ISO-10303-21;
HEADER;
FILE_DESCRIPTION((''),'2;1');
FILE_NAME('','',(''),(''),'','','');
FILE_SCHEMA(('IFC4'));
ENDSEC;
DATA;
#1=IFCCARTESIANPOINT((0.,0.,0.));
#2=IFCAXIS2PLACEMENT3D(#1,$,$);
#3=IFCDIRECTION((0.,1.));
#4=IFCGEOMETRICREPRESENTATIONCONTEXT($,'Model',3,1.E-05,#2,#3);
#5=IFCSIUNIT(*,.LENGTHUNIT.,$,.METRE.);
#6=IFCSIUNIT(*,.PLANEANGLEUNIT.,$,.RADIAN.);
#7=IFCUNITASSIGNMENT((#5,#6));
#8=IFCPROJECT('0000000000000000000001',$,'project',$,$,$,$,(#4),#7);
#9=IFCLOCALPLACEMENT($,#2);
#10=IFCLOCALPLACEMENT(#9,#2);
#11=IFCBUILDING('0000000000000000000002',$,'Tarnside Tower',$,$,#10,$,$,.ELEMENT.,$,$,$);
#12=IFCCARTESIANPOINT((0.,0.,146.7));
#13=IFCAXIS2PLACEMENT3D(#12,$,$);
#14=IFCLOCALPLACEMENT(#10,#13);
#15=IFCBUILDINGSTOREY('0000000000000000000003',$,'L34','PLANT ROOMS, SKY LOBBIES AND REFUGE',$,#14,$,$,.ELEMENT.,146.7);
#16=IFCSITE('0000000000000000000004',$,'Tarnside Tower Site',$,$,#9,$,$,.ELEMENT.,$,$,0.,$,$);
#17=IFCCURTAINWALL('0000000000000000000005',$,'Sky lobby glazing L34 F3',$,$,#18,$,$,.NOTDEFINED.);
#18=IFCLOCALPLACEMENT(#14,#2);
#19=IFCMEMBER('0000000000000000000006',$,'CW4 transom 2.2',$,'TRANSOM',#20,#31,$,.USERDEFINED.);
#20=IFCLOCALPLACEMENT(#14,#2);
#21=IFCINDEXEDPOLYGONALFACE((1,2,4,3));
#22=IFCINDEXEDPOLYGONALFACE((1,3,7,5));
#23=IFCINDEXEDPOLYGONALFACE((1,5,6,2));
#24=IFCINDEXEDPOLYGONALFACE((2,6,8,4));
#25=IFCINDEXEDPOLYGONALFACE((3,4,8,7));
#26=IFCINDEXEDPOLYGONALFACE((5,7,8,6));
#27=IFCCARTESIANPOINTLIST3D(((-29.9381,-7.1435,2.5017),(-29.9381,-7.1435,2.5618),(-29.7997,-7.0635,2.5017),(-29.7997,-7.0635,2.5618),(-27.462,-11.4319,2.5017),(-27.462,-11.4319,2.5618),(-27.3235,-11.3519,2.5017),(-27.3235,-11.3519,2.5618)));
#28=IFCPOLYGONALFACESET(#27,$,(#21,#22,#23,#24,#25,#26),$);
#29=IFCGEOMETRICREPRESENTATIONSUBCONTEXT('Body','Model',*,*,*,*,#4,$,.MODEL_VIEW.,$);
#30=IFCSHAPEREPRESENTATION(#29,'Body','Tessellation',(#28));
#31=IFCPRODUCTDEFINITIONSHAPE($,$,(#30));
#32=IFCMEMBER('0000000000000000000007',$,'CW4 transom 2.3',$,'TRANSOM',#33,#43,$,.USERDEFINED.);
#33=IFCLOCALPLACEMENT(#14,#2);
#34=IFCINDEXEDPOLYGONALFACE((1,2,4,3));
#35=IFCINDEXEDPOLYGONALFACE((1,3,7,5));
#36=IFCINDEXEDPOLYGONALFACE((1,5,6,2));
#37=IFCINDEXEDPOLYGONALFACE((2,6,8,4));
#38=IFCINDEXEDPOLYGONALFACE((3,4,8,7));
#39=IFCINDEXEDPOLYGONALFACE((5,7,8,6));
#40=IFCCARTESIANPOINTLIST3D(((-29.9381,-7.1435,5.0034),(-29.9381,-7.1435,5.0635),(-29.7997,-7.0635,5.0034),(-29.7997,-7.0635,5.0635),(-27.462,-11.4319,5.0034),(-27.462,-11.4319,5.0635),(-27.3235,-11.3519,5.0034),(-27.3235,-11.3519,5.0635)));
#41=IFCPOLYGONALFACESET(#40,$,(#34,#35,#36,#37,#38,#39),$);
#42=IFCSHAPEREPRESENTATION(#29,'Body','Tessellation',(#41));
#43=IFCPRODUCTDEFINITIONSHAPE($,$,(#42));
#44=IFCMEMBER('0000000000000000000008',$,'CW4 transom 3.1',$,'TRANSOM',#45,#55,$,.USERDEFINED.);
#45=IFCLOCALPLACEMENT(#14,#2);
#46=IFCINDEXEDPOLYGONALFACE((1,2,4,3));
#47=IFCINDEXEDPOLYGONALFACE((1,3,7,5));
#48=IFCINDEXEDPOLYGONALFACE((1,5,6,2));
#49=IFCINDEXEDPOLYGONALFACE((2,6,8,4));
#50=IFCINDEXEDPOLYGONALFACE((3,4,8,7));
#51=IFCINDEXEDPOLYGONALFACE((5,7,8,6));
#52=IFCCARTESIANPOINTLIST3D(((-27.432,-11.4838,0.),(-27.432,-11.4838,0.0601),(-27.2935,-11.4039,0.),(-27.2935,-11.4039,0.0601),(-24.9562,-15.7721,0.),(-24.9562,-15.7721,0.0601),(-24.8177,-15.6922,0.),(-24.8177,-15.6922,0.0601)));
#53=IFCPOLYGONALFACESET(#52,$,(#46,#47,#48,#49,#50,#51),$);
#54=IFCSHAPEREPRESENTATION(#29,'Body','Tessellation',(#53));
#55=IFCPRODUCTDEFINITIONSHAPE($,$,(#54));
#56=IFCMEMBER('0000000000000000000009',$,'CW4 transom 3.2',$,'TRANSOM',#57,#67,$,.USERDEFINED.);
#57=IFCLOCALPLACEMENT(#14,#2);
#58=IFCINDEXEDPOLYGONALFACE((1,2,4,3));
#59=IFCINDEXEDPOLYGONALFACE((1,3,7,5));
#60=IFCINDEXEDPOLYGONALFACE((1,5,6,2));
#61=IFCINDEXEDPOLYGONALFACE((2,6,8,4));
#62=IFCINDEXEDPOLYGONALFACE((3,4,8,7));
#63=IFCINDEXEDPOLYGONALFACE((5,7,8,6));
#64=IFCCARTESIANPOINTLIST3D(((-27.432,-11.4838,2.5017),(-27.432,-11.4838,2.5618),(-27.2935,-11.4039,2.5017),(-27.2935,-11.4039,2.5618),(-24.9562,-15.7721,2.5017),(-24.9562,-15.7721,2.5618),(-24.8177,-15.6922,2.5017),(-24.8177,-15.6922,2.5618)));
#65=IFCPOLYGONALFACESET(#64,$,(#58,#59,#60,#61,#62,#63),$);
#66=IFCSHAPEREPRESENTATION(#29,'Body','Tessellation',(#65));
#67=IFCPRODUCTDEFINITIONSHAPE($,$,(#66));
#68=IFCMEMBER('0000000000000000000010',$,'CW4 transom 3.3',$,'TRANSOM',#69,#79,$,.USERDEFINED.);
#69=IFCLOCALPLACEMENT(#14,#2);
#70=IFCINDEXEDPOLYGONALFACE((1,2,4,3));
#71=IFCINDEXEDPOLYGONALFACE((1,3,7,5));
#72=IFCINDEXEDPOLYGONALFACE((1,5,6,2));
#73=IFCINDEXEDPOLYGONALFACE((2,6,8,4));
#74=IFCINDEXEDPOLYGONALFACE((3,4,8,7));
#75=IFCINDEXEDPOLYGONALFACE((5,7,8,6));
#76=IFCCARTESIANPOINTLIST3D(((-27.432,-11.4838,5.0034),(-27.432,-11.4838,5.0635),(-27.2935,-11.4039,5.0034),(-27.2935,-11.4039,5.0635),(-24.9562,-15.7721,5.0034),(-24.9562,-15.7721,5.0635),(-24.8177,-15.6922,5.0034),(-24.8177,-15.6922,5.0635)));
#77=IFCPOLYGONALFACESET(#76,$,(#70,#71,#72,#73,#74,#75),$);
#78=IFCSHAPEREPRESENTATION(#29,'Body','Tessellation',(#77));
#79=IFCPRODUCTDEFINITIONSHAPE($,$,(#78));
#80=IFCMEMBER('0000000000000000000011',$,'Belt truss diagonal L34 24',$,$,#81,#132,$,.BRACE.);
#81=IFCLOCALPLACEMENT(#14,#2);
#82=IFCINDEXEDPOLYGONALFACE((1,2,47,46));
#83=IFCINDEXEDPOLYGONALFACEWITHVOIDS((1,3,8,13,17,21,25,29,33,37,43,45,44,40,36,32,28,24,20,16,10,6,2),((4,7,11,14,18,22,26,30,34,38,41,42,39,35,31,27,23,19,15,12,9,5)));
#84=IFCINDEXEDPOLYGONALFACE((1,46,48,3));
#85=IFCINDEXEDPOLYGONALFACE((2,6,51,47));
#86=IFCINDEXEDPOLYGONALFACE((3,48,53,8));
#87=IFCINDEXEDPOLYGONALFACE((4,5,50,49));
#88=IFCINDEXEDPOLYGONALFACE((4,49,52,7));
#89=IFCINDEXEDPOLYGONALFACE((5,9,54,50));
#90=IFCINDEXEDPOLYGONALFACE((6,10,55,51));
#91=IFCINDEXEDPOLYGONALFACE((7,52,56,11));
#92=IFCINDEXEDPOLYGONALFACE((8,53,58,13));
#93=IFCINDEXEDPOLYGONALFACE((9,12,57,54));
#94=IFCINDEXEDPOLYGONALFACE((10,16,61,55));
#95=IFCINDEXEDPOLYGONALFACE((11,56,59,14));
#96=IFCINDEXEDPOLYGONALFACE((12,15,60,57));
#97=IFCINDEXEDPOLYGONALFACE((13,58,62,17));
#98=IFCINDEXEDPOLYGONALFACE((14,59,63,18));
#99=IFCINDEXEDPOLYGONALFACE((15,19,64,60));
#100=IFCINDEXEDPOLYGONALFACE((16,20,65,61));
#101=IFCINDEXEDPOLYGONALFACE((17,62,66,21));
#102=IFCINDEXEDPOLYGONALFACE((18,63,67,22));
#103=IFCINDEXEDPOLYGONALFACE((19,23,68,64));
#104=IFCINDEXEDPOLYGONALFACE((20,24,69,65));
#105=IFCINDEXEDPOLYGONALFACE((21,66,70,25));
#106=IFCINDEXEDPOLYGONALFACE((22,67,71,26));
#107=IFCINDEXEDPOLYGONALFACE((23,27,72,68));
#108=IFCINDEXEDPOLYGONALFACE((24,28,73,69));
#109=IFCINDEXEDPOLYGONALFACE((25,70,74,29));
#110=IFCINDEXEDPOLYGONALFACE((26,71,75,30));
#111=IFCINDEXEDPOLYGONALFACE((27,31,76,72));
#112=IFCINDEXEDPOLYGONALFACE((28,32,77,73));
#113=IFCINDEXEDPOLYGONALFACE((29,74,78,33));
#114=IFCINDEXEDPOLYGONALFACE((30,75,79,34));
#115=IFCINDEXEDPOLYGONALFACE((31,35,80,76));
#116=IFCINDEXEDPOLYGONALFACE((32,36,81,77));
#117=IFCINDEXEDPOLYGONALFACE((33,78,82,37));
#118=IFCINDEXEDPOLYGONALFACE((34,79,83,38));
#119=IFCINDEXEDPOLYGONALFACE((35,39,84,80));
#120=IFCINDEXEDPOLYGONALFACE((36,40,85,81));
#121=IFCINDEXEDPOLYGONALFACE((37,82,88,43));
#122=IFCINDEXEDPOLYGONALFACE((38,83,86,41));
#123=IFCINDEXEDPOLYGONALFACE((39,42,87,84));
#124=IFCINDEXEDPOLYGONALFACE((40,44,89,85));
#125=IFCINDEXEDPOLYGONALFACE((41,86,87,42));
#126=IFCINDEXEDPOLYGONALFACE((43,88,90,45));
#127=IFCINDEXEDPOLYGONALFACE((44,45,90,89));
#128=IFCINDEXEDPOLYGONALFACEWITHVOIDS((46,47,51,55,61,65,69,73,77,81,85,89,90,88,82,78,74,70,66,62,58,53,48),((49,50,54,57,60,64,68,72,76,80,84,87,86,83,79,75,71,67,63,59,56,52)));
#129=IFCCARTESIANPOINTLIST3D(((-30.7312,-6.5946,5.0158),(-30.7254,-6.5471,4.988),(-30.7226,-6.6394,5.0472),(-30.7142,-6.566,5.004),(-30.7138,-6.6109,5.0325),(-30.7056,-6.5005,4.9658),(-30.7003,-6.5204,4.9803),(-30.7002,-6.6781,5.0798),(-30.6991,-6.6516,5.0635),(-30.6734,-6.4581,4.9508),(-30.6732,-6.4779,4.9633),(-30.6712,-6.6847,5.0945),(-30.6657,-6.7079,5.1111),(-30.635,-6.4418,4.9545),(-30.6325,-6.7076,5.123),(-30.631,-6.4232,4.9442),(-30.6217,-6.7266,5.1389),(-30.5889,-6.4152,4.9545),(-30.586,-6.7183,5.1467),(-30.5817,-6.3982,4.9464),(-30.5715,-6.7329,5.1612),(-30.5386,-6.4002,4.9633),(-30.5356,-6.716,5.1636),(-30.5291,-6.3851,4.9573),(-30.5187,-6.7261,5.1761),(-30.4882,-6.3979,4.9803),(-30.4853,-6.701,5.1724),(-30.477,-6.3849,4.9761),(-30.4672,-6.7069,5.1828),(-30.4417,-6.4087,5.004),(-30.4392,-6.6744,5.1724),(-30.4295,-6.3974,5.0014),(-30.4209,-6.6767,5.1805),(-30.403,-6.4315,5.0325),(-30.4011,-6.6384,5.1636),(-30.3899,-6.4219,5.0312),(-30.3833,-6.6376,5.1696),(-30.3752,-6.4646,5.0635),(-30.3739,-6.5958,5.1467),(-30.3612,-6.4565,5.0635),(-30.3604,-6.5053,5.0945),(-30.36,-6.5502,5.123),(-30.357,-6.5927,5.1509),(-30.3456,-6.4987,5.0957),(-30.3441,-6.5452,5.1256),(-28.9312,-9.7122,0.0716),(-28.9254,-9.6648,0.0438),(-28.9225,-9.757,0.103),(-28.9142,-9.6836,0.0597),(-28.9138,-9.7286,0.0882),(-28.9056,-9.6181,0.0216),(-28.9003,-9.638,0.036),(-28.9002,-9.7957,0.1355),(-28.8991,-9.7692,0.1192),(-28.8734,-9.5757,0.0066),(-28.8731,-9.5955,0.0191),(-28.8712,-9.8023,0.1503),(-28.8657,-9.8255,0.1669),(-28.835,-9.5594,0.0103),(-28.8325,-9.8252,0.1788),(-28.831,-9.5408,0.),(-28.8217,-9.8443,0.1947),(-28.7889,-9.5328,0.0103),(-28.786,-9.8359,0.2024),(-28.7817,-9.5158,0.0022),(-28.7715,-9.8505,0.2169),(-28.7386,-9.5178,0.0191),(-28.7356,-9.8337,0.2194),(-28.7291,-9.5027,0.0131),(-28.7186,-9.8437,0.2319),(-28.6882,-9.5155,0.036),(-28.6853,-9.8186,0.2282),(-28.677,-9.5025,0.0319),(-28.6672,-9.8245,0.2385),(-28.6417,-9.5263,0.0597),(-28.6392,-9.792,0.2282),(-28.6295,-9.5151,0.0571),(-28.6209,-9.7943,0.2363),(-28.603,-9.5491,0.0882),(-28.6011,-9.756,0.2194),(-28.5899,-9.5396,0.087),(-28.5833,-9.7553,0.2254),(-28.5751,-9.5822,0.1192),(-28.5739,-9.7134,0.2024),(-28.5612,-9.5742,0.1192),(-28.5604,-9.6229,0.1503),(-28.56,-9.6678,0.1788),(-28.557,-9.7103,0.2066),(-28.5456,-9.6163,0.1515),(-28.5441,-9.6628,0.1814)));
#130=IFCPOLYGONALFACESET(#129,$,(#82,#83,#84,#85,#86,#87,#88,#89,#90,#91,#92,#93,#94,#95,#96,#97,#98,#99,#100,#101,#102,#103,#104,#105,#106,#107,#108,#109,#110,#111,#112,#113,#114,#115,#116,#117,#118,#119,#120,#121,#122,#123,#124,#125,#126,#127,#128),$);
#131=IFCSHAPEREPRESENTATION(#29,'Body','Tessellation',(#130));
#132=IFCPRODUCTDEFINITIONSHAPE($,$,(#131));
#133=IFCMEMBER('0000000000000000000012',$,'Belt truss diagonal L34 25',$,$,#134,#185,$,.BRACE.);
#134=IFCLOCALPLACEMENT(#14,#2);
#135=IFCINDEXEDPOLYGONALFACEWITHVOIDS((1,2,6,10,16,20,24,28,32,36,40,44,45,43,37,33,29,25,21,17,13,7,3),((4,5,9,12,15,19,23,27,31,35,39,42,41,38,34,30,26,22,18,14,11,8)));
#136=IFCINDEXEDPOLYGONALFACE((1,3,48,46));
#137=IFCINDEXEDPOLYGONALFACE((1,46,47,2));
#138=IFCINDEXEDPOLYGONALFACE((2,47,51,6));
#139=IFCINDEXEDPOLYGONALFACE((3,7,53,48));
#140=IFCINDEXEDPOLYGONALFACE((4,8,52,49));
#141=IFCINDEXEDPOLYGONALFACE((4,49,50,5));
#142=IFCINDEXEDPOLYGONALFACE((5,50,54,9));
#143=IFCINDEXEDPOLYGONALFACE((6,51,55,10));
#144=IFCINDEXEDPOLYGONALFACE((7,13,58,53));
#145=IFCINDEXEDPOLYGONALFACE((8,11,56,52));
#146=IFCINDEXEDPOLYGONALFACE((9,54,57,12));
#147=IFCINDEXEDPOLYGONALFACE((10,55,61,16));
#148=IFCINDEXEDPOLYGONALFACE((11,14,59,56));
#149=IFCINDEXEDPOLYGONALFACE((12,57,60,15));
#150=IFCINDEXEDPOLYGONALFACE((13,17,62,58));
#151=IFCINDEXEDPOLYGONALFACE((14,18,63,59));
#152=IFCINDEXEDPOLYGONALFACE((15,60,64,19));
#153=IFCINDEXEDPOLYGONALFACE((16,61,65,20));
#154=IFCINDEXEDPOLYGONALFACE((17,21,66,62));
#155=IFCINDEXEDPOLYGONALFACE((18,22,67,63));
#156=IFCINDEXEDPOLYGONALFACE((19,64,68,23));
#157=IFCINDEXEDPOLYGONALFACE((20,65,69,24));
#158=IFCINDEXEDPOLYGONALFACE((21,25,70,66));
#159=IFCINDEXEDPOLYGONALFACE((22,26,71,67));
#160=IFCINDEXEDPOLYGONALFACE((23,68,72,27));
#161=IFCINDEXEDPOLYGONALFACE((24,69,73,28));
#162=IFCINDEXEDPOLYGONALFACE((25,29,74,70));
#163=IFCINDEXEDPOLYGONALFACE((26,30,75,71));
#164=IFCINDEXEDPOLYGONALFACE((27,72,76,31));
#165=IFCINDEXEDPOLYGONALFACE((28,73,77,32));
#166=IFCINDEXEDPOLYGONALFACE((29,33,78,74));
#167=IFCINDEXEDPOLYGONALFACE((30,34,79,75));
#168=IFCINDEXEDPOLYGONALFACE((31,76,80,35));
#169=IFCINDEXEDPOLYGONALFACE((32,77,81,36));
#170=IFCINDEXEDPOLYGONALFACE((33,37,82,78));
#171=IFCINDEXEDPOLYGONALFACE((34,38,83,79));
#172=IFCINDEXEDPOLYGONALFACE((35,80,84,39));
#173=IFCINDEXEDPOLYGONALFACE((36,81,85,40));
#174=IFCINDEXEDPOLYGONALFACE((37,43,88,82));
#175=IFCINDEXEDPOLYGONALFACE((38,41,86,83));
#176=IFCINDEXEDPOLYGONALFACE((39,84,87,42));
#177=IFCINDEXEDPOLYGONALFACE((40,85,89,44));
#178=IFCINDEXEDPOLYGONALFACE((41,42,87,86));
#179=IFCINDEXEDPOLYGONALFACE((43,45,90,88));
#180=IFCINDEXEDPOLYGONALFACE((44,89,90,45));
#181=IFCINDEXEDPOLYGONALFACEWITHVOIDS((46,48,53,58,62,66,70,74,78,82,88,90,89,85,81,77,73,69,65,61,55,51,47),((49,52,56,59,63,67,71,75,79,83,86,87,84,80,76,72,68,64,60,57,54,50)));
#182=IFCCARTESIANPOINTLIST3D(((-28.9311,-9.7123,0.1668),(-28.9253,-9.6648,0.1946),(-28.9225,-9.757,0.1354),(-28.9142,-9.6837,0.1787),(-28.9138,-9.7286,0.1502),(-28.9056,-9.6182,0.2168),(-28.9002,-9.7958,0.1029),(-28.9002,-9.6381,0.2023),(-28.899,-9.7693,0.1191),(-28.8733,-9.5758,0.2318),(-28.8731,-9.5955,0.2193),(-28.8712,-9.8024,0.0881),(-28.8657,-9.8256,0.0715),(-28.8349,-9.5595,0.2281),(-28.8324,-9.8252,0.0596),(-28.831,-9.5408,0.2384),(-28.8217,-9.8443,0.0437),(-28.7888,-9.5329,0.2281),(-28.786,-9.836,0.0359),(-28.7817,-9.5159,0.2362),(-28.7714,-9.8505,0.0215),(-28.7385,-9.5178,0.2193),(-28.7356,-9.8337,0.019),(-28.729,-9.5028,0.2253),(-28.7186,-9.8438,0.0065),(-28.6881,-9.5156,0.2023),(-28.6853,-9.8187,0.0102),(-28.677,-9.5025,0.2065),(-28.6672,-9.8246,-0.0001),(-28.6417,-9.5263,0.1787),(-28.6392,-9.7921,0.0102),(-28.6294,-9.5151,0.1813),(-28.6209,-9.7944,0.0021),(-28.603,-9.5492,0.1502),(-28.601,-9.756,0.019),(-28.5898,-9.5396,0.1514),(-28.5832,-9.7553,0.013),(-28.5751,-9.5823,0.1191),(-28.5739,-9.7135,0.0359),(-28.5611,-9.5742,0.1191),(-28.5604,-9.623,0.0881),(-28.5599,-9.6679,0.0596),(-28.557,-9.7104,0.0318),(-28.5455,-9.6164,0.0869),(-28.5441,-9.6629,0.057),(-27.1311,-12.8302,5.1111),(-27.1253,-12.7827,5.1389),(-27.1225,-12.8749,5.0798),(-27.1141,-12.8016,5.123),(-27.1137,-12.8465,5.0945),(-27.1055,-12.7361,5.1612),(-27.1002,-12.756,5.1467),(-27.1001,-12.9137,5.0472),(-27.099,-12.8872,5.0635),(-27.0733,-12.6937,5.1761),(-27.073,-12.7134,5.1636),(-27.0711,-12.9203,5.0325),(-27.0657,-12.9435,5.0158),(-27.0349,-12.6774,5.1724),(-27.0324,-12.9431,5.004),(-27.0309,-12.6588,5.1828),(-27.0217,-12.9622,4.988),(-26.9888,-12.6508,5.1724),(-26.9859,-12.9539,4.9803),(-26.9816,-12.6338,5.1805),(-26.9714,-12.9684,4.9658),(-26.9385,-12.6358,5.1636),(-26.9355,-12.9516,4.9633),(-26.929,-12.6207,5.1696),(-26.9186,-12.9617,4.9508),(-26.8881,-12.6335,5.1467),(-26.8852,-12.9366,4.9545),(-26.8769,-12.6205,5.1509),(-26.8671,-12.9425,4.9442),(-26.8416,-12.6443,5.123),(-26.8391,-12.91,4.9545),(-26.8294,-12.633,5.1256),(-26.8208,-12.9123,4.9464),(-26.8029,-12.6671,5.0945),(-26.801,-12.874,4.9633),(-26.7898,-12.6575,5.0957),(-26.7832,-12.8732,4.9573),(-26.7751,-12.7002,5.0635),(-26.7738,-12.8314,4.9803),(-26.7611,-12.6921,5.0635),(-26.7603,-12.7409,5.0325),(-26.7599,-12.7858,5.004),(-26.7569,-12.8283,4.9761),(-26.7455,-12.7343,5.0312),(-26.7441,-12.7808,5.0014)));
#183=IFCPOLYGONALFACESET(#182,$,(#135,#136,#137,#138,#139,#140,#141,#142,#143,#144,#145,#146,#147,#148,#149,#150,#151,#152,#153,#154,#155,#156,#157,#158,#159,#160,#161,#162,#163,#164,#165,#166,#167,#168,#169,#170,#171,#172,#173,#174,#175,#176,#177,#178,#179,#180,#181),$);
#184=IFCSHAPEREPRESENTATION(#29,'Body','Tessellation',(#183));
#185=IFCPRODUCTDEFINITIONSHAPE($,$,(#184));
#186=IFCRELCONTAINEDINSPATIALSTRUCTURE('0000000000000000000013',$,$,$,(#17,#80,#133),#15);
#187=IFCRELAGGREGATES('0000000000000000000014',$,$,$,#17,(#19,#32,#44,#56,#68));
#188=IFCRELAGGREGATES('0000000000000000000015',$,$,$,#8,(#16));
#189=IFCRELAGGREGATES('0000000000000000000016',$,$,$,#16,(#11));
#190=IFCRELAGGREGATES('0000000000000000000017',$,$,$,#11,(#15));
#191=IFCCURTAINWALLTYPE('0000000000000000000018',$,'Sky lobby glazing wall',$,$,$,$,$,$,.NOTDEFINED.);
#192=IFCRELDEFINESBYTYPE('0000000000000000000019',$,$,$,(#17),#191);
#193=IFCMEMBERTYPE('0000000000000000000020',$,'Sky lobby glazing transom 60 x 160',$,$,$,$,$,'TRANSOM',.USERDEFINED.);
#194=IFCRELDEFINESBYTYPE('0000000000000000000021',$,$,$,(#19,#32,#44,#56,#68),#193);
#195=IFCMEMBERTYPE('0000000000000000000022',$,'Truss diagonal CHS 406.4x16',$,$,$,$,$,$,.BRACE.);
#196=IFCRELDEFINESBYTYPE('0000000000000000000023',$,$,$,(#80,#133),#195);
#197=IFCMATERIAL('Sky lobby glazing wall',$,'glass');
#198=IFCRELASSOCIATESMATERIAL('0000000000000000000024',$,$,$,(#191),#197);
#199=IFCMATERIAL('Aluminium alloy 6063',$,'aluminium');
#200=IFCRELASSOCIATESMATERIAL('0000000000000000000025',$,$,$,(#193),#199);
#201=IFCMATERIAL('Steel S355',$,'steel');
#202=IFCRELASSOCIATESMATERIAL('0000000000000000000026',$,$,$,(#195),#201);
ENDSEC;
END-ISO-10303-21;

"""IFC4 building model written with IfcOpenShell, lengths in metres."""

from ifc_helpers import new_model, si_unit, direction, frame, origin, origin_2d, place, context, subcontext, project, spatial, rectangle, hollow_circle, extrude, material, material_profile, profile_set, type_object, element, aggregate, save


model = new_model("IFC4")

# Units and contexts
model_context = context("Model", 3, precision=1e-05, world=origin(), true_north=direction((0.0, 1.0)))
body_context = subcontext(model_context, "Body", "Model", "MODEL_VIEW")
ifc_project = project(units=[si_unit("LENGTHUNIT", "METRE"), si_unit("PLANEANGLEUNIT", "RADIAN")], contexts=[model_context])

# Site, building, storey
site_placement = place(None, origin())
site = spatial("IfcSite", under=ifc_project, at=site_placement, Name="Tarnside Tower Site", CompositionType="ELEMENT", RefElevation=0.0)
building_placement = place(site_placement, origin())
building = spatial("IfcBuilding", under=site, at=building_placement, Name="Tarnside Tower", CompositionType="ELEMENT")
storey_placement = place(building_placement, frame((0.0, 0.0, 146.7)))
storey = spatial("IfcBuildingStorey", under=building, at=storey_placement, Name="L34", Description="PLANT ROOMS, SKY LOBBIES AND REFUGE", CompositionType="ELEMENT", Elevation=146.7)

# Shared definitions
ifc_material_1 = material(Name="Steel S355", Category="steel")

# Curtain wall, members
ifc_material_2 = material(Name="Sky lobby glazing wall", Category="glass")
curtain_wall_type = type_object("IfcCurtainWallType", Name="Sky lobby glazing wall", PredefinedType="NOTDEFINED", material=ifc_material_2)
curtain_wall_placement = place(storey_placement, origin())
curtain_wall = element("IfcCurtainWall", 1, at=curtain_wall_placement, inside=storey, type_object=curtain_wall_type, Name="Sky lobby glazing L34 F3", PredefinedType="NOTDEFINED")
ifc_material_3 = material(Name="Aluminium alloy 6063", Category="aluminium")
ifc_material_profile_1 = material_profile(ifc_material_3, rectangle(XDim=0.1599, YDim=0.0601, at=origin_2d()), Name="Sky lobby glazing transom 60 x 160")
ifc_profile_set_1 = profile_set([ifc_material_profile_1], Name="Aluminium alloy 6063")
member_type_1 = type_object("IfcMemberType", Name="Sky lobby glazing transom 60 x 160", ElementType="TRANSOM", PredefinedType="USERDEFINED", material=ifc_profile_set_1)
member_1_placement = place(storey_placement, frame((-29.8689, -7.1035, 2.5317), z_axis=(0.500031, -0.866007, 0.0), x_axis=(0.866007, 0.500031, 0.0)))
member_1 = element("IfcMember", 2, at=member_1_placement, type_object=member_type_1, Name="CW4 transom 2.2", ObjectType="TRANSOM", PredefinedType="USERDEFINED", context=body_context, shape_type="SweptSolid", body=[
    extrude(rectangle(XDim=0.1599, YDim=0.0601, at=origin_2d()), origin(), (0.0, 0.0, 1.0), 4.9519),
])
member_2_placement = place(storey_placement, frame((-29.8689, -7.1035, 5.0334), z_axis=(0.500031, -0.866007, 0.0), x_axis=(0.866007, 0.500031, 0.0)))
member_2 = element("IfcMember", 3, at=member_2_placement, type_object=member_type_1, Name="CW4 transom 2.3", ObjectType="TRANSOM", PredefinedType="USERDEFINED", context=body_context, shape_type="SweptSolid", body=[
    extrude(rectangle(XDim=0.1599, YDim=0.0601, at=origin_2d()), origin(), (0.0, 0.0, 1.0), 4.9519),
])
member_3_placement = place(storey_placement, frame((-27.3628, -11.4438, 0.03), z_axis=(0.499994, -0.866029, 0.0), x_axis=(0.866029, 0.499994, 0.0)))
member_3 = element("IfcMember", 4, at=member_3_placement, type_object=member_type_1, Name="CW4 transom 3.1", ObjectType="TRANSOM", PredefinedType="USERDEFINED", context=body_context, shape_type="SweptSolid", body=[
    extrude(rectangle(XDim=0.1599, YDim=0.0601, at=origin_2d()), origin(), (0.0, 0.0, 1.0), 4.9517),
])
member_4_placement = place(storey_placement, frame((-27.3628, -11.4438, 2.5317), z_axis=(0.499994, -0.866029, 0.0), x_axis=(0.866029, 0.499994, 0.0)))
member_4 = element("IfcMember", 5, at=member_4_placement, type_object=member_type_1, Name="CW4 transom 3.2", ObjectType="TRANSOM", PredefinedType="USERDEFINED", context=body_context, shape_type="SweptSolid", body=[
    extrude(rectangle(XDim=0.1599, YDim=0.0601, at=origin_2d()), origin(), (0.0, 0.0, 1.0), 4.9517),
])
member_5_placement = place(storey_placement, frame((-27.3628, -11.4438, 5.0334), z_axis=(0.499994, -0.866029, 0.0), x_axis=(0.866029, 0.499994, 0.0)))
member_5 = element("IfcMember", 6, at=member_5_placement, type_object=member_type_1, Name="CW4 transom 3.3", ObjectType="TRANSOM", PredefinedType="USERDEFINED", context=body_context, shape_type="SweptSolid", body=[
    extrude(rectangle(XDim=0.1599, YDim=0.0601, at=origin_2d()), origin(), (0.0, 0.0, 1.0), 4.9517),
])

# Members
ifc_material_profile_2 = material_profile(ifc_material_1, hollow_circle(Radius=0.2031, WallThickness=0.0161, at=origin_2d()), Name="CHS 406.4x16")
ifc_profile_set_2 = profile_set([ifc_material_profile_2], Name="Steel S355")
member_type_2 = type_object("IfcMemberType", Name="Truss diagonal CHS 406.4x16", PredefinedType="BRACE", material=ifc_profile_set_2)
member_6_placement = place(storey_placement, frame((-30.5371, -6.5581, 5.0635), z_axis=(0.294314, -0.50975, -0.808415), x_axis=(0.866018, 0.500012, 0.0)))
element("IfcMember", 7, at=member_6_placement, inside=storey, type_object=member_type_2, Name="Belt truss diagonal L34 24", PredefinedType="BRACE", context=body_context, shape_type="SweptSolid", body=[
    extrude(hollow_circle(Radius=0.2031, WallThickness=0.0161, at=origin_2d()), origin(), (0.0, 0.0, 1.0), 6.116),
])
member_7_placement = place(storey_placement, frame((-28.7371, -9.6758, 0.1191), z_axis=(0.294308, -0.50978, 0.808398), x_axis=(0.866035, 0.499983, 0.0)))
element("IfcMember", 8, at=member_7_placement, inside=storey, type_object=member_type_2, Name="Belt truss diagonal L34 25", PredefinedType="BRACE", context=body_context, shape_type="SweptSolid", body=[
    extrude(hollow_circle(Radius=0.2031, WallThickness=0.0161, at=origin_2d()), origin(), (0.0, 0.0, 1.0), 6.1162),
])

aggregate(curtain_wall, [member_1, member_2, member_3, member_4, member_5])

save(model, "model.ifc")
